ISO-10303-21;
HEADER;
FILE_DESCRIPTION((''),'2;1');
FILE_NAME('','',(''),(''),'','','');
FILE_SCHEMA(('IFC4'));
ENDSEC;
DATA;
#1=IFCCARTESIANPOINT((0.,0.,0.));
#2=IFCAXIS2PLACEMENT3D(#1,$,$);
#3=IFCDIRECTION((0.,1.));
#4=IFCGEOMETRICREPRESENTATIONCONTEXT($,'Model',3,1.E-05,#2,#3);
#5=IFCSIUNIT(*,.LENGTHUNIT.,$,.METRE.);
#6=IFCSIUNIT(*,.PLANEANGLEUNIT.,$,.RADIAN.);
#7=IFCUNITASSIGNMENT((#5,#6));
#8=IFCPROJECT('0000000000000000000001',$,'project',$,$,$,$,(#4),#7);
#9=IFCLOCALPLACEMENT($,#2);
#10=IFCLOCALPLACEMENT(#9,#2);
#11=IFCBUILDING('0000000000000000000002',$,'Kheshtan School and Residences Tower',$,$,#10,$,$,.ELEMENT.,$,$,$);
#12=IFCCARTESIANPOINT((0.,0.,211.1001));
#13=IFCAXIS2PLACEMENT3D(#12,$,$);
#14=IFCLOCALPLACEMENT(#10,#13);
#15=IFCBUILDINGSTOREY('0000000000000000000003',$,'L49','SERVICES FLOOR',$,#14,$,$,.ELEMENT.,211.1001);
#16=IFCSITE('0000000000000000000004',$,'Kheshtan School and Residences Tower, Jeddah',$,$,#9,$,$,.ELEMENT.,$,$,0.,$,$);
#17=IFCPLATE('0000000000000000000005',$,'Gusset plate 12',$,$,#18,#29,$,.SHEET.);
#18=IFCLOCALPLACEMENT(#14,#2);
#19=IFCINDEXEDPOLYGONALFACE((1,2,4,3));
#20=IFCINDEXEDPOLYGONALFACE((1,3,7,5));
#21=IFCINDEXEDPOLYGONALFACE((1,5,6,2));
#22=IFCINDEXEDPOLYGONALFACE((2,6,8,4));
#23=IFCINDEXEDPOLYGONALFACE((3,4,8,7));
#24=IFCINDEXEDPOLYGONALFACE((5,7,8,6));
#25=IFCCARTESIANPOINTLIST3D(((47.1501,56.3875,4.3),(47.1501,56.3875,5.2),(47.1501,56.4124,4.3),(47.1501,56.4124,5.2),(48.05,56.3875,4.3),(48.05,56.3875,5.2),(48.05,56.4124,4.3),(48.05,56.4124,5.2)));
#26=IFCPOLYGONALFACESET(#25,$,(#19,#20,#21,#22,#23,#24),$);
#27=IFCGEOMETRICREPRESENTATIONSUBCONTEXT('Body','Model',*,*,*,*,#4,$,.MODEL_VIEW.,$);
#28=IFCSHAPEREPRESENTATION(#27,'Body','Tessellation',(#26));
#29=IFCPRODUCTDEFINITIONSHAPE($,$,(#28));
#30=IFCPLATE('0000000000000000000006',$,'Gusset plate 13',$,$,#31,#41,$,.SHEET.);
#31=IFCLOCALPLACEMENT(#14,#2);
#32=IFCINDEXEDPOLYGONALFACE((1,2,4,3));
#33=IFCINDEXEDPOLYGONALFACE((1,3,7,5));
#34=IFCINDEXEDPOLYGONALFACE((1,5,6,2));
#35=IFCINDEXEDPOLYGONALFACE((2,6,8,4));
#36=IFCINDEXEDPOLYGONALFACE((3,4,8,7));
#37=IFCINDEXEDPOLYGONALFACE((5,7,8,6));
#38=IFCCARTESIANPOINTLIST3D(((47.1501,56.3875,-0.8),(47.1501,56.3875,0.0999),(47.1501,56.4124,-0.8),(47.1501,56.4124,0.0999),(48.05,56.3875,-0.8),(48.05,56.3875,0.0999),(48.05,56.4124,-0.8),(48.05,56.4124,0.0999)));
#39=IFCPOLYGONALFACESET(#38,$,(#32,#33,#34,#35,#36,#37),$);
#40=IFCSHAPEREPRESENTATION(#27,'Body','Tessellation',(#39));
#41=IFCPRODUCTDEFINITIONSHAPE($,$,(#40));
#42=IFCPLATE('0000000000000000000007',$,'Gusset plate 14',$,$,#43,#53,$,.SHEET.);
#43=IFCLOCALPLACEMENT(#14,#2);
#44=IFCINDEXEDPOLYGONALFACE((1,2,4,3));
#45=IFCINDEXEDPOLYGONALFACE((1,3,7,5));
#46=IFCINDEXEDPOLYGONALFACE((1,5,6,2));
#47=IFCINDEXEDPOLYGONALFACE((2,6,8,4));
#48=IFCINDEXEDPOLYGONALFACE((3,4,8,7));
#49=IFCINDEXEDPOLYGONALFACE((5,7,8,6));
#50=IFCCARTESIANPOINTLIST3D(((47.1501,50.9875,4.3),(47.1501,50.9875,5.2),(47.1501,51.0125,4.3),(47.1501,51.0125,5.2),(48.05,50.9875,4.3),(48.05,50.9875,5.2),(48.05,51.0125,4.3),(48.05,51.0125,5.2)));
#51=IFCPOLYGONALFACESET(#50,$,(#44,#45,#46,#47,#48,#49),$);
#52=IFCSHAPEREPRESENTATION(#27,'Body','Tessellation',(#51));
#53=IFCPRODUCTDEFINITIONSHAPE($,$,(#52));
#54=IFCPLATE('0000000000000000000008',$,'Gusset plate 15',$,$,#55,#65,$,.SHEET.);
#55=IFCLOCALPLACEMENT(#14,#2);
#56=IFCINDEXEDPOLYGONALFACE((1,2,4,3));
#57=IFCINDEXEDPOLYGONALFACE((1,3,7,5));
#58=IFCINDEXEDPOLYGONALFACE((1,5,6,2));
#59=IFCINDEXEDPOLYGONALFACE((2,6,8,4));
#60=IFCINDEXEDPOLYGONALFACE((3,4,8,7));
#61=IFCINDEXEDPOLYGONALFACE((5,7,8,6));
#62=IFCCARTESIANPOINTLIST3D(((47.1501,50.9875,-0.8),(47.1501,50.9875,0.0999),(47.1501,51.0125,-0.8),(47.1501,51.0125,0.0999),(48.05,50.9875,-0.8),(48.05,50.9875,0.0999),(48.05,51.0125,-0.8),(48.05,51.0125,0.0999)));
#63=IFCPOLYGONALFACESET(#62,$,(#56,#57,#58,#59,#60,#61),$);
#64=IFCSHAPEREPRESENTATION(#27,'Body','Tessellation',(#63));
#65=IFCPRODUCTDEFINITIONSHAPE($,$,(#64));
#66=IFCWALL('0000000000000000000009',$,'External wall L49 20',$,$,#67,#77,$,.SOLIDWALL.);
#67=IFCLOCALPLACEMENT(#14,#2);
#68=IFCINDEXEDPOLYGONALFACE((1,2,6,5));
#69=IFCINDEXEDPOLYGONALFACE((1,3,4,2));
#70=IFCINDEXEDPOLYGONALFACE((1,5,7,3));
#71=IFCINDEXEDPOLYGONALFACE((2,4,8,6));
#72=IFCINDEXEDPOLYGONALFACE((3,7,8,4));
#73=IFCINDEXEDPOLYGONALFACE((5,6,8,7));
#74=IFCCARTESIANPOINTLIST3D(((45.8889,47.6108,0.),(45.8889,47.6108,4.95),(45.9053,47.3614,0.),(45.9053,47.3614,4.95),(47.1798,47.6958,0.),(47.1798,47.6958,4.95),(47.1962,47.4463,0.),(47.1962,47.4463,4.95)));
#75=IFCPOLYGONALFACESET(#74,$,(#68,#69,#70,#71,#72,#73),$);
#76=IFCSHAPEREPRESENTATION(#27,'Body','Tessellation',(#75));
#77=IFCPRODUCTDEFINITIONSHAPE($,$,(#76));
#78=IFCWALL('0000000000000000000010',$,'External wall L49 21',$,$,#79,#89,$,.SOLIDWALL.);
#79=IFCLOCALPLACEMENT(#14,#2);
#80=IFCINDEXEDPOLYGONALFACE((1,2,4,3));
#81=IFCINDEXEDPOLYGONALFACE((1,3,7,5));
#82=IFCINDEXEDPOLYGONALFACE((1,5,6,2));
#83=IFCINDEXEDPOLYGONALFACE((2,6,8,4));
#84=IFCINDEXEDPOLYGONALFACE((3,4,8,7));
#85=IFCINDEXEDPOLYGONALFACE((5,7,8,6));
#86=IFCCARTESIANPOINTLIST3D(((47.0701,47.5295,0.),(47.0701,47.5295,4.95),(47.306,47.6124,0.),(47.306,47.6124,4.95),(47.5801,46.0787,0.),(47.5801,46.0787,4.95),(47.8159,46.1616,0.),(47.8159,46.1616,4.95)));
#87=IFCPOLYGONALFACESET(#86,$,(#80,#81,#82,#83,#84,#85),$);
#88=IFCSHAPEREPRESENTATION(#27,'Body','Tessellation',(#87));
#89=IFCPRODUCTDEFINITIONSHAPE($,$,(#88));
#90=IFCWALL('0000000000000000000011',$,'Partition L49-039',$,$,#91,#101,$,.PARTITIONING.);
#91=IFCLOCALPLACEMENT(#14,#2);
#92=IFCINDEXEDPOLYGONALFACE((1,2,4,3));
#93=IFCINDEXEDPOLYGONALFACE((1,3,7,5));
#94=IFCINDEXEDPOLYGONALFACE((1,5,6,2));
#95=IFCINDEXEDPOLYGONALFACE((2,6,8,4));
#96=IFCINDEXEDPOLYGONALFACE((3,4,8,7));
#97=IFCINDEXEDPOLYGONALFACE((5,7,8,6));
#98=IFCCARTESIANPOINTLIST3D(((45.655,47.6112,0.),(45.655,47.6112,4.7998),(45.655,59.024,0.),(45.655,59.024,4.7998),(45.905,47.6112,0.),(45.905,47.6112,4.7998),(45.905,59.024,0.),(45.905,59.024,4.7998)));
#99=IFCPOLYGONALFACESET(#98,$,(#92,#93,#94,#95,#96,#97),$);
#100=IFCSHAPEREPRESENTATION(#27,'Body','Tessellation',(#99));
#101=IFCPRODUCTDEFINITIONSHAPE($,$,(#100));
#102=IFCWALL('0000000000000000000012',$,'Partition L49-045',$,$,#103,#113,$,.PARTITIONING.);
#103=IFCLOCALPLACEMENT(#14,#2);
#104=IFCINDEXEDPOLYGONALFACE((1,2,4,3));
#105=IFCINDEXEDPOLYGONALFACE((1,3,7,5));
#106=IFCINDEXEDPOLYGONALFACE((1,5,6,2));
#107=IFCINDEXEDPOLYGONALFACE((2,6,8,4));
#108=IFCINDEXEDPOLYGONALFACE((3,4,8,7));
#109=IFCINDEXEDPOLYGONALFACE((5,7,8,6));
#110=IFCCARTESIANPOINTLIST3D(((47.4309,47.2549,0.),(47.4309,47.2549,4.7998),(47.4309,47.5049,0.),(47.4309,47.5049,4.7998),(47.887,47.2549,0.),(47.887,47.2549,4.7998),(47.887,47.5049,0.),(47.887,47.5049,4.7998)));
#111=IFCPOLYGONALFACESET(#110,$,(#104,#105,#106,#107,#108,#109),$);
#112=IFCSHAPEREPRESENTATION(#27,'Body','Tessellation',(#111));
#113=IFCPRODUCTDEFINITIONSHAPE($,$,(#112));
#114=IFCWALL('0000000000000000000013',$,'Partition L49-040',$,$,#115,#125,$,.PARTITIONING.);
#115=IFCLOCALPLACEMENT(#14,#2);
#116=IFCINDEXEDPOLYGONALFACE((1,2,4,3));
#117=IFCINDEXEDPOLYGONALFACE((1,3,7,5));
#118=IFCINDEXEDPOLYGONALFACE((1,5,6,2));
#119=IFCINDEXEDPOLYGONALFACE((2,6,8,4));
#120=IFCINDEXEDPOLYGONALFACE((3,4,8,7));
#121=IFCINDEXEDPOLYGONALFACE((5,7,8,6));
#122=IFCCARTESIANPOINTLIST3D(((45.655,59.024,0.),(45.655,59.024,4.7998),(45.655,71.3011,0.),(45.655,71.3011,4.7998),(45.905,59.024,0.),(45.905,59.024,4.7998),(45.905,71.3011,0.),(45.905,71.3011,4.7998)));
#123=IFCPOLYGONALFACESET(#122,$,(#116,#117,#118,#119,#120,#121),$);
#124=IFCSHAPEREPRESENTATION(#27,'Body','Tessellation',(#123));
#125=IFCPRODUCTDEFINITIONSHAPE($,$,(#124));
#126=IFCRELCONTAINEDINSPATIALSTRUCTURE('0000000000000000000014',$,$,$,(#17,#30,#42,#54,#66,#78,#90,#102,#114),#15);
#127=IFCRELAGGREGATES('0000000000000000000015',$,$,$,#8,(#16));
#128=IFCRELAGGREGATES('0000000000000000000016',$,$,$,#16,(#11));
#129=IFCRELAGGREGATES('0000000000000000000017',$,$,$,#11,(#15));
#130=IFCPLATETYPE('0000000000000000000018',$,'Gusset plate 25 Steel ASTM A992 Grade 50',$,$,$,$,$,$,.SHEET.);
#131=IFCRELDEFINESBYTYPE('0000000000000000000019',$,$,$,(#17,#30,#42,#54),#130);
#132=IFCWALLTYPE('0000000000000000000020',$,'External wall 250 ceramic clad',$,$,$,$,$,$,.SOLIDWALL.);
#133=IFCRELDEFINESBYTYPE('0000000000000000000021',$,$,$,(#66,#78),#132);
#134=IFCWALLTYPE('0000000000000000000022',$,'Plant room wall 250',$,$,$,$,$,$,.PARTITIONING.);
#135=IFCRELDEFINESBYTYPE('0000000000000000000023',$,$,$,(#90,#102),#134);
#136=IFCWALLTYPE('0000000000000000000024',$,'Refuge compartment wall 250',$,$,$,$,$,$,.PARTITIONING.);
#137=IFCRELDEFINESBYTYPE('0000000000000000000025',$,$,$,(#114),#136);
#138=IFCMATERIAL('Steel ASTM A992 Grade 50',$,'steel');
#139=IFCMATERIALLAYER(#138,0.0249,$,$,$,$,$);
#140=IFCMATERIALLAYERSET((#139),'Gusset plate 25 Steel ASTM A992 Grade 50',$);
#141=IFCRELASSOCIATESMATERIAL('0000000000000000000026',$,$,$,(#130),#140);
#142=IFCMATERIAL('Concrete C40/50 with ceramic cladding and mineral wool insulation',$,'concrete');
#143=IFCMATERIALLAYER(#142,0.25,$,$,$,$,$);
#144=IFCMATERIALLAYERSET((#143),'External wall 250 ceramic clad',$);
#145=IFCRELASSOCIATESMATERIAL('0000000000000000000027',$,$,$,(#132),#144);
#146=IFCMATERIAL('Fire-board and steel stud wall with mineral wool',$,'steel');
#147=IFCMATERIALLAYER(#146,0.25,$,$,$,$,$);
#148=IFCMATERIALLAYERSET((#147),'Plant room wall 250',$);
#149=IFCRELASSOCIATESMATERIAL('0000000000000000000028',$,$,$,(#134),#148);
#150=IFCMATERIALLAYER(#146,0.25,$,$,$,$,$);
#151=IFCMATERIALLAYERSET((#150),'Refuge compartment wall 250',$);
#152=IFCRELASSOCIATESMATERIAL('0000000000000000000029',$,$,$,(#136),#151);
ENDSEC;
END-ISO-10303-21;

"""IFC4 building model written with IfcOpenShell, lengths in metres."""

from ifc_helpers import new_model, si_unit, direction, frame, frame_2d, origin, origin_2d, place, context, subcontext, project, spatial, rectangle, extrude, material, layer, layer_set, type_object, element, save


model = new_model("IFC4")

# Units and contexts
model_context = context("Model", 3, precision=1e-05, world=origin(), true_north=direction((0.0, 1.0)))
body_context = subcontext(model_context, "Body", "Model", "MODEL_VIEW")
ifc_project = project(units=[si_unit("LENGTHUNIT", "METRE"), si_unit("PLANEANGLEUNIT", "RADIAN")], contexts=[model_context])

# Site, building, storey
site_placement = place(None, origin())
site = spatial("IfcSite", under=ifc_project, at=site_placement, Name="Kheshtan School and Residences Tower, Jeddah", CompositionType="ELEMENT", RefElevation=0.0)
building_placement = place(site_placement, origin())
building = spatial("IfcBuilding", under=site, at=building_placement, Name="Kheshtan School and Residences Tower", CompositionType="ELEMENT")
storey_placement = place(building_placement, frame((0.0, 0.0, 211.1001)))
storey = spatial("IfcBuildingStorey", under=building, at=storey_placement, Name="L49", Description="SERVICES FLOOR", CompositionType="ELEMENT", Elevation=211.1001)

# Shared definitions
ifc_material_1 = material(Name="Steel ASTM A992 Grade 50", Category="steel")

# Plates
ifc_layer_1 = layer(ifc_material_1, 0.0249)
ifc_layer_set_1 = layer_set([ifc_layer_1], Name="Gusset plate 25 Steel ASTM A992 Grade 50")
plate_type_1 = type_object("IfcPlateType", Name="Gusset plate 25 Steel ASTM A992 Grade 50", PredefinedType="SHEET", material=ifc_layer_set_1)
for number, where, z_axis, x_axis, name in (
    (1, (47.6001, 56.3999, 4.3), (0.0, 0.0, 1.0), (1.0, 0.0, 0.0), "Gusset plate 12"),
    (2, (47.6001, 56.3999, -0.8), (0.0, 0.0, 1.0), (1.0, 0.0, 0.0), "Gusset plate 13"),
    (3, (47.6001, 51.0, 4.3), (0.0, 0.0, 1.0), (1.0, 0.0, 0.0), "Gusset plate 14"),
    (4, (47.6001, 51.0, -0.8), (0.0, 0.0, 1.0), (1.0, 0.0, 0.0), "Gusset plate 15"),
):
    element("IfcPlate", number, at=place(storey_placement, frame(where, z_axis=z_axis, x_axis=x_axis)), inside=storey, type_object=plate_type_1, Name=name, PredefinedType="SHEET", context=body_context, shape_type="SweptSolid", body=[
        extrude(rectangle(XDim=0.8999, YDim=0.0249, at=origin_2d()), origin(), (0.0, 0.0, 1.0), 0.8999),
    ])

# Walls
ifc_material_2 = material(Name="Concrete C40/50 with ceramic cladding and mineral wool insulation", Category="concrete")
ifc_layer_2 = layer(ifc_material_2, 0.25)
ifc_layer_set_2 = layer_set([ifc_layer_2], Name="External wall 250 ceramic clad")
wall_type_1 = type_object("IfcWallType", Name="External wall 250 ceramic clad", PredefinedType="SOLIDWALL", material=ifc_layer_set_2)
wall_1_placement = place(storey_placement, frame((45.897, 47.4861, 0.0), z_axis=(0.0, 0.0, 1.0), x_axis=(0.997842, 0.065667, 0.0)))
element("IfcWall", 5, at=wall_1_placement, inside=storey, type_object=wall_type_1, Name="External wall L49 20", PredefinedType="SOLIDWALL", context=body_context, shape_type="SweptSolid", body=[
    extrude(rectangle(XDim=1.2937, YDim=0.25, at=frame_2d((0.647, 0.0))), origin(), (0.0, 0.0, 1.0), 4.95),
])
wall_2_placement = place(storey_placement, frame((47.188, 47.571, 0.0), z_axis=(0.0, 0.0, 1.0), x_axis=(0.331616, -0.943415, 0.0)))
element("IfcWall", 6, at=wall_2_placement, inside=storey, type_object=wall_type_1, Name="External wall L49 21", PredefinedType="SOLIDWALL", context=body_context, shape_type="SweptSolid", body=[
    extrude(rectangle(XDim=1.5378, YDim=0.25, at=frame_2d((0.769, 0.0))), origin(), (0.0, 0.0, 1.0), 4.95),
])
ifc_material_3 = material(Name="Fire-board and steel stud wall with mineral wool", Category="steel")
ifc_layer_3 = layer(ifc_material_3, 0.25)
ifc_layer_set_3 = layer_set([ifc_layer_3], Name="Plant room wall 250")
wall_type_2 = type_object("IfcWallType", Name="Plant room wall 250", PredefinedType="PARTITIONING", material=ifc_layer_set_3)
wall_3_placement = place(storey_placement, frame((45.78, 47.6111, 0.0), z_axis=(0.0, 0.0, 1.0), x_axis=(0.0, 1.0, 0.0)))
element("IfcWall", 7, at=wall_3_placement, inside=storey, type_object=wall_type_2, Name="Partition L49-039", PredefinedType="PARTITIONING", context=body_context, shape_type="SweptSolid", body=[
    extrude(rectangle(XDim=11.4128, YDim=0.25, at=frame_2d((5.7065, 0.0))), origin(), (0.0, 0.0, 1.0), 4.7998),
])
wall_4_placement = place(storey_placement, frame((47.4309, 47.3799, 0.0), z_axis=(0.0, 0.0, 1.0), x_axis=(1.0, 0.0, 0.0)))
element("IfcWall", 8, at=wall_4_placement, inside=storey, type_object=wall_type_2, Name="Partition L49-045", PredefinedType="PARTITIONING", context=body_context, shape_type="SweptSolid", body=[
    extrude(rectangle(XDim=0.4561, YDim=0.25, at=frame_2d((0.228, 0.0))), origin(), (0.0, 0.0, 1.0), 4.7998),
])
ifc_layer_4 = layer(ifc_material_3, 0.25)
ifc_layer_set_4 = layer_set([ifc_layer_4], Name="Refuge compartment wall 250")
wall_type_3 = type_object("IfcWallType", Name="Refuge compartment wall 250", PredefinedType="PARTITIONING", material=ifc_layer_set_4)
wall_5_placement = place(storey_placement, frame((45.78, 59.0239, 0.0), z_axis=(0.0, 0.0, 1.0), x_axis=(0.0, 1.0, 0.0)))
element("IfcWall", 9, at=wall_5_placement, inside=storey, type_object=wall_type_3, Name="Partition L49-040", PredefinedType="PARTITIONING", context=body_context, shape_type="SweptSolid", body=[
    extrude(rectangle(XDim=12.2771, YDim=0.25, at=frame_2d((6.1387, 0.0))), origin(), (0.0, 0.0, 1.0), 4.7998),
])

save(model, "model.ifc")
